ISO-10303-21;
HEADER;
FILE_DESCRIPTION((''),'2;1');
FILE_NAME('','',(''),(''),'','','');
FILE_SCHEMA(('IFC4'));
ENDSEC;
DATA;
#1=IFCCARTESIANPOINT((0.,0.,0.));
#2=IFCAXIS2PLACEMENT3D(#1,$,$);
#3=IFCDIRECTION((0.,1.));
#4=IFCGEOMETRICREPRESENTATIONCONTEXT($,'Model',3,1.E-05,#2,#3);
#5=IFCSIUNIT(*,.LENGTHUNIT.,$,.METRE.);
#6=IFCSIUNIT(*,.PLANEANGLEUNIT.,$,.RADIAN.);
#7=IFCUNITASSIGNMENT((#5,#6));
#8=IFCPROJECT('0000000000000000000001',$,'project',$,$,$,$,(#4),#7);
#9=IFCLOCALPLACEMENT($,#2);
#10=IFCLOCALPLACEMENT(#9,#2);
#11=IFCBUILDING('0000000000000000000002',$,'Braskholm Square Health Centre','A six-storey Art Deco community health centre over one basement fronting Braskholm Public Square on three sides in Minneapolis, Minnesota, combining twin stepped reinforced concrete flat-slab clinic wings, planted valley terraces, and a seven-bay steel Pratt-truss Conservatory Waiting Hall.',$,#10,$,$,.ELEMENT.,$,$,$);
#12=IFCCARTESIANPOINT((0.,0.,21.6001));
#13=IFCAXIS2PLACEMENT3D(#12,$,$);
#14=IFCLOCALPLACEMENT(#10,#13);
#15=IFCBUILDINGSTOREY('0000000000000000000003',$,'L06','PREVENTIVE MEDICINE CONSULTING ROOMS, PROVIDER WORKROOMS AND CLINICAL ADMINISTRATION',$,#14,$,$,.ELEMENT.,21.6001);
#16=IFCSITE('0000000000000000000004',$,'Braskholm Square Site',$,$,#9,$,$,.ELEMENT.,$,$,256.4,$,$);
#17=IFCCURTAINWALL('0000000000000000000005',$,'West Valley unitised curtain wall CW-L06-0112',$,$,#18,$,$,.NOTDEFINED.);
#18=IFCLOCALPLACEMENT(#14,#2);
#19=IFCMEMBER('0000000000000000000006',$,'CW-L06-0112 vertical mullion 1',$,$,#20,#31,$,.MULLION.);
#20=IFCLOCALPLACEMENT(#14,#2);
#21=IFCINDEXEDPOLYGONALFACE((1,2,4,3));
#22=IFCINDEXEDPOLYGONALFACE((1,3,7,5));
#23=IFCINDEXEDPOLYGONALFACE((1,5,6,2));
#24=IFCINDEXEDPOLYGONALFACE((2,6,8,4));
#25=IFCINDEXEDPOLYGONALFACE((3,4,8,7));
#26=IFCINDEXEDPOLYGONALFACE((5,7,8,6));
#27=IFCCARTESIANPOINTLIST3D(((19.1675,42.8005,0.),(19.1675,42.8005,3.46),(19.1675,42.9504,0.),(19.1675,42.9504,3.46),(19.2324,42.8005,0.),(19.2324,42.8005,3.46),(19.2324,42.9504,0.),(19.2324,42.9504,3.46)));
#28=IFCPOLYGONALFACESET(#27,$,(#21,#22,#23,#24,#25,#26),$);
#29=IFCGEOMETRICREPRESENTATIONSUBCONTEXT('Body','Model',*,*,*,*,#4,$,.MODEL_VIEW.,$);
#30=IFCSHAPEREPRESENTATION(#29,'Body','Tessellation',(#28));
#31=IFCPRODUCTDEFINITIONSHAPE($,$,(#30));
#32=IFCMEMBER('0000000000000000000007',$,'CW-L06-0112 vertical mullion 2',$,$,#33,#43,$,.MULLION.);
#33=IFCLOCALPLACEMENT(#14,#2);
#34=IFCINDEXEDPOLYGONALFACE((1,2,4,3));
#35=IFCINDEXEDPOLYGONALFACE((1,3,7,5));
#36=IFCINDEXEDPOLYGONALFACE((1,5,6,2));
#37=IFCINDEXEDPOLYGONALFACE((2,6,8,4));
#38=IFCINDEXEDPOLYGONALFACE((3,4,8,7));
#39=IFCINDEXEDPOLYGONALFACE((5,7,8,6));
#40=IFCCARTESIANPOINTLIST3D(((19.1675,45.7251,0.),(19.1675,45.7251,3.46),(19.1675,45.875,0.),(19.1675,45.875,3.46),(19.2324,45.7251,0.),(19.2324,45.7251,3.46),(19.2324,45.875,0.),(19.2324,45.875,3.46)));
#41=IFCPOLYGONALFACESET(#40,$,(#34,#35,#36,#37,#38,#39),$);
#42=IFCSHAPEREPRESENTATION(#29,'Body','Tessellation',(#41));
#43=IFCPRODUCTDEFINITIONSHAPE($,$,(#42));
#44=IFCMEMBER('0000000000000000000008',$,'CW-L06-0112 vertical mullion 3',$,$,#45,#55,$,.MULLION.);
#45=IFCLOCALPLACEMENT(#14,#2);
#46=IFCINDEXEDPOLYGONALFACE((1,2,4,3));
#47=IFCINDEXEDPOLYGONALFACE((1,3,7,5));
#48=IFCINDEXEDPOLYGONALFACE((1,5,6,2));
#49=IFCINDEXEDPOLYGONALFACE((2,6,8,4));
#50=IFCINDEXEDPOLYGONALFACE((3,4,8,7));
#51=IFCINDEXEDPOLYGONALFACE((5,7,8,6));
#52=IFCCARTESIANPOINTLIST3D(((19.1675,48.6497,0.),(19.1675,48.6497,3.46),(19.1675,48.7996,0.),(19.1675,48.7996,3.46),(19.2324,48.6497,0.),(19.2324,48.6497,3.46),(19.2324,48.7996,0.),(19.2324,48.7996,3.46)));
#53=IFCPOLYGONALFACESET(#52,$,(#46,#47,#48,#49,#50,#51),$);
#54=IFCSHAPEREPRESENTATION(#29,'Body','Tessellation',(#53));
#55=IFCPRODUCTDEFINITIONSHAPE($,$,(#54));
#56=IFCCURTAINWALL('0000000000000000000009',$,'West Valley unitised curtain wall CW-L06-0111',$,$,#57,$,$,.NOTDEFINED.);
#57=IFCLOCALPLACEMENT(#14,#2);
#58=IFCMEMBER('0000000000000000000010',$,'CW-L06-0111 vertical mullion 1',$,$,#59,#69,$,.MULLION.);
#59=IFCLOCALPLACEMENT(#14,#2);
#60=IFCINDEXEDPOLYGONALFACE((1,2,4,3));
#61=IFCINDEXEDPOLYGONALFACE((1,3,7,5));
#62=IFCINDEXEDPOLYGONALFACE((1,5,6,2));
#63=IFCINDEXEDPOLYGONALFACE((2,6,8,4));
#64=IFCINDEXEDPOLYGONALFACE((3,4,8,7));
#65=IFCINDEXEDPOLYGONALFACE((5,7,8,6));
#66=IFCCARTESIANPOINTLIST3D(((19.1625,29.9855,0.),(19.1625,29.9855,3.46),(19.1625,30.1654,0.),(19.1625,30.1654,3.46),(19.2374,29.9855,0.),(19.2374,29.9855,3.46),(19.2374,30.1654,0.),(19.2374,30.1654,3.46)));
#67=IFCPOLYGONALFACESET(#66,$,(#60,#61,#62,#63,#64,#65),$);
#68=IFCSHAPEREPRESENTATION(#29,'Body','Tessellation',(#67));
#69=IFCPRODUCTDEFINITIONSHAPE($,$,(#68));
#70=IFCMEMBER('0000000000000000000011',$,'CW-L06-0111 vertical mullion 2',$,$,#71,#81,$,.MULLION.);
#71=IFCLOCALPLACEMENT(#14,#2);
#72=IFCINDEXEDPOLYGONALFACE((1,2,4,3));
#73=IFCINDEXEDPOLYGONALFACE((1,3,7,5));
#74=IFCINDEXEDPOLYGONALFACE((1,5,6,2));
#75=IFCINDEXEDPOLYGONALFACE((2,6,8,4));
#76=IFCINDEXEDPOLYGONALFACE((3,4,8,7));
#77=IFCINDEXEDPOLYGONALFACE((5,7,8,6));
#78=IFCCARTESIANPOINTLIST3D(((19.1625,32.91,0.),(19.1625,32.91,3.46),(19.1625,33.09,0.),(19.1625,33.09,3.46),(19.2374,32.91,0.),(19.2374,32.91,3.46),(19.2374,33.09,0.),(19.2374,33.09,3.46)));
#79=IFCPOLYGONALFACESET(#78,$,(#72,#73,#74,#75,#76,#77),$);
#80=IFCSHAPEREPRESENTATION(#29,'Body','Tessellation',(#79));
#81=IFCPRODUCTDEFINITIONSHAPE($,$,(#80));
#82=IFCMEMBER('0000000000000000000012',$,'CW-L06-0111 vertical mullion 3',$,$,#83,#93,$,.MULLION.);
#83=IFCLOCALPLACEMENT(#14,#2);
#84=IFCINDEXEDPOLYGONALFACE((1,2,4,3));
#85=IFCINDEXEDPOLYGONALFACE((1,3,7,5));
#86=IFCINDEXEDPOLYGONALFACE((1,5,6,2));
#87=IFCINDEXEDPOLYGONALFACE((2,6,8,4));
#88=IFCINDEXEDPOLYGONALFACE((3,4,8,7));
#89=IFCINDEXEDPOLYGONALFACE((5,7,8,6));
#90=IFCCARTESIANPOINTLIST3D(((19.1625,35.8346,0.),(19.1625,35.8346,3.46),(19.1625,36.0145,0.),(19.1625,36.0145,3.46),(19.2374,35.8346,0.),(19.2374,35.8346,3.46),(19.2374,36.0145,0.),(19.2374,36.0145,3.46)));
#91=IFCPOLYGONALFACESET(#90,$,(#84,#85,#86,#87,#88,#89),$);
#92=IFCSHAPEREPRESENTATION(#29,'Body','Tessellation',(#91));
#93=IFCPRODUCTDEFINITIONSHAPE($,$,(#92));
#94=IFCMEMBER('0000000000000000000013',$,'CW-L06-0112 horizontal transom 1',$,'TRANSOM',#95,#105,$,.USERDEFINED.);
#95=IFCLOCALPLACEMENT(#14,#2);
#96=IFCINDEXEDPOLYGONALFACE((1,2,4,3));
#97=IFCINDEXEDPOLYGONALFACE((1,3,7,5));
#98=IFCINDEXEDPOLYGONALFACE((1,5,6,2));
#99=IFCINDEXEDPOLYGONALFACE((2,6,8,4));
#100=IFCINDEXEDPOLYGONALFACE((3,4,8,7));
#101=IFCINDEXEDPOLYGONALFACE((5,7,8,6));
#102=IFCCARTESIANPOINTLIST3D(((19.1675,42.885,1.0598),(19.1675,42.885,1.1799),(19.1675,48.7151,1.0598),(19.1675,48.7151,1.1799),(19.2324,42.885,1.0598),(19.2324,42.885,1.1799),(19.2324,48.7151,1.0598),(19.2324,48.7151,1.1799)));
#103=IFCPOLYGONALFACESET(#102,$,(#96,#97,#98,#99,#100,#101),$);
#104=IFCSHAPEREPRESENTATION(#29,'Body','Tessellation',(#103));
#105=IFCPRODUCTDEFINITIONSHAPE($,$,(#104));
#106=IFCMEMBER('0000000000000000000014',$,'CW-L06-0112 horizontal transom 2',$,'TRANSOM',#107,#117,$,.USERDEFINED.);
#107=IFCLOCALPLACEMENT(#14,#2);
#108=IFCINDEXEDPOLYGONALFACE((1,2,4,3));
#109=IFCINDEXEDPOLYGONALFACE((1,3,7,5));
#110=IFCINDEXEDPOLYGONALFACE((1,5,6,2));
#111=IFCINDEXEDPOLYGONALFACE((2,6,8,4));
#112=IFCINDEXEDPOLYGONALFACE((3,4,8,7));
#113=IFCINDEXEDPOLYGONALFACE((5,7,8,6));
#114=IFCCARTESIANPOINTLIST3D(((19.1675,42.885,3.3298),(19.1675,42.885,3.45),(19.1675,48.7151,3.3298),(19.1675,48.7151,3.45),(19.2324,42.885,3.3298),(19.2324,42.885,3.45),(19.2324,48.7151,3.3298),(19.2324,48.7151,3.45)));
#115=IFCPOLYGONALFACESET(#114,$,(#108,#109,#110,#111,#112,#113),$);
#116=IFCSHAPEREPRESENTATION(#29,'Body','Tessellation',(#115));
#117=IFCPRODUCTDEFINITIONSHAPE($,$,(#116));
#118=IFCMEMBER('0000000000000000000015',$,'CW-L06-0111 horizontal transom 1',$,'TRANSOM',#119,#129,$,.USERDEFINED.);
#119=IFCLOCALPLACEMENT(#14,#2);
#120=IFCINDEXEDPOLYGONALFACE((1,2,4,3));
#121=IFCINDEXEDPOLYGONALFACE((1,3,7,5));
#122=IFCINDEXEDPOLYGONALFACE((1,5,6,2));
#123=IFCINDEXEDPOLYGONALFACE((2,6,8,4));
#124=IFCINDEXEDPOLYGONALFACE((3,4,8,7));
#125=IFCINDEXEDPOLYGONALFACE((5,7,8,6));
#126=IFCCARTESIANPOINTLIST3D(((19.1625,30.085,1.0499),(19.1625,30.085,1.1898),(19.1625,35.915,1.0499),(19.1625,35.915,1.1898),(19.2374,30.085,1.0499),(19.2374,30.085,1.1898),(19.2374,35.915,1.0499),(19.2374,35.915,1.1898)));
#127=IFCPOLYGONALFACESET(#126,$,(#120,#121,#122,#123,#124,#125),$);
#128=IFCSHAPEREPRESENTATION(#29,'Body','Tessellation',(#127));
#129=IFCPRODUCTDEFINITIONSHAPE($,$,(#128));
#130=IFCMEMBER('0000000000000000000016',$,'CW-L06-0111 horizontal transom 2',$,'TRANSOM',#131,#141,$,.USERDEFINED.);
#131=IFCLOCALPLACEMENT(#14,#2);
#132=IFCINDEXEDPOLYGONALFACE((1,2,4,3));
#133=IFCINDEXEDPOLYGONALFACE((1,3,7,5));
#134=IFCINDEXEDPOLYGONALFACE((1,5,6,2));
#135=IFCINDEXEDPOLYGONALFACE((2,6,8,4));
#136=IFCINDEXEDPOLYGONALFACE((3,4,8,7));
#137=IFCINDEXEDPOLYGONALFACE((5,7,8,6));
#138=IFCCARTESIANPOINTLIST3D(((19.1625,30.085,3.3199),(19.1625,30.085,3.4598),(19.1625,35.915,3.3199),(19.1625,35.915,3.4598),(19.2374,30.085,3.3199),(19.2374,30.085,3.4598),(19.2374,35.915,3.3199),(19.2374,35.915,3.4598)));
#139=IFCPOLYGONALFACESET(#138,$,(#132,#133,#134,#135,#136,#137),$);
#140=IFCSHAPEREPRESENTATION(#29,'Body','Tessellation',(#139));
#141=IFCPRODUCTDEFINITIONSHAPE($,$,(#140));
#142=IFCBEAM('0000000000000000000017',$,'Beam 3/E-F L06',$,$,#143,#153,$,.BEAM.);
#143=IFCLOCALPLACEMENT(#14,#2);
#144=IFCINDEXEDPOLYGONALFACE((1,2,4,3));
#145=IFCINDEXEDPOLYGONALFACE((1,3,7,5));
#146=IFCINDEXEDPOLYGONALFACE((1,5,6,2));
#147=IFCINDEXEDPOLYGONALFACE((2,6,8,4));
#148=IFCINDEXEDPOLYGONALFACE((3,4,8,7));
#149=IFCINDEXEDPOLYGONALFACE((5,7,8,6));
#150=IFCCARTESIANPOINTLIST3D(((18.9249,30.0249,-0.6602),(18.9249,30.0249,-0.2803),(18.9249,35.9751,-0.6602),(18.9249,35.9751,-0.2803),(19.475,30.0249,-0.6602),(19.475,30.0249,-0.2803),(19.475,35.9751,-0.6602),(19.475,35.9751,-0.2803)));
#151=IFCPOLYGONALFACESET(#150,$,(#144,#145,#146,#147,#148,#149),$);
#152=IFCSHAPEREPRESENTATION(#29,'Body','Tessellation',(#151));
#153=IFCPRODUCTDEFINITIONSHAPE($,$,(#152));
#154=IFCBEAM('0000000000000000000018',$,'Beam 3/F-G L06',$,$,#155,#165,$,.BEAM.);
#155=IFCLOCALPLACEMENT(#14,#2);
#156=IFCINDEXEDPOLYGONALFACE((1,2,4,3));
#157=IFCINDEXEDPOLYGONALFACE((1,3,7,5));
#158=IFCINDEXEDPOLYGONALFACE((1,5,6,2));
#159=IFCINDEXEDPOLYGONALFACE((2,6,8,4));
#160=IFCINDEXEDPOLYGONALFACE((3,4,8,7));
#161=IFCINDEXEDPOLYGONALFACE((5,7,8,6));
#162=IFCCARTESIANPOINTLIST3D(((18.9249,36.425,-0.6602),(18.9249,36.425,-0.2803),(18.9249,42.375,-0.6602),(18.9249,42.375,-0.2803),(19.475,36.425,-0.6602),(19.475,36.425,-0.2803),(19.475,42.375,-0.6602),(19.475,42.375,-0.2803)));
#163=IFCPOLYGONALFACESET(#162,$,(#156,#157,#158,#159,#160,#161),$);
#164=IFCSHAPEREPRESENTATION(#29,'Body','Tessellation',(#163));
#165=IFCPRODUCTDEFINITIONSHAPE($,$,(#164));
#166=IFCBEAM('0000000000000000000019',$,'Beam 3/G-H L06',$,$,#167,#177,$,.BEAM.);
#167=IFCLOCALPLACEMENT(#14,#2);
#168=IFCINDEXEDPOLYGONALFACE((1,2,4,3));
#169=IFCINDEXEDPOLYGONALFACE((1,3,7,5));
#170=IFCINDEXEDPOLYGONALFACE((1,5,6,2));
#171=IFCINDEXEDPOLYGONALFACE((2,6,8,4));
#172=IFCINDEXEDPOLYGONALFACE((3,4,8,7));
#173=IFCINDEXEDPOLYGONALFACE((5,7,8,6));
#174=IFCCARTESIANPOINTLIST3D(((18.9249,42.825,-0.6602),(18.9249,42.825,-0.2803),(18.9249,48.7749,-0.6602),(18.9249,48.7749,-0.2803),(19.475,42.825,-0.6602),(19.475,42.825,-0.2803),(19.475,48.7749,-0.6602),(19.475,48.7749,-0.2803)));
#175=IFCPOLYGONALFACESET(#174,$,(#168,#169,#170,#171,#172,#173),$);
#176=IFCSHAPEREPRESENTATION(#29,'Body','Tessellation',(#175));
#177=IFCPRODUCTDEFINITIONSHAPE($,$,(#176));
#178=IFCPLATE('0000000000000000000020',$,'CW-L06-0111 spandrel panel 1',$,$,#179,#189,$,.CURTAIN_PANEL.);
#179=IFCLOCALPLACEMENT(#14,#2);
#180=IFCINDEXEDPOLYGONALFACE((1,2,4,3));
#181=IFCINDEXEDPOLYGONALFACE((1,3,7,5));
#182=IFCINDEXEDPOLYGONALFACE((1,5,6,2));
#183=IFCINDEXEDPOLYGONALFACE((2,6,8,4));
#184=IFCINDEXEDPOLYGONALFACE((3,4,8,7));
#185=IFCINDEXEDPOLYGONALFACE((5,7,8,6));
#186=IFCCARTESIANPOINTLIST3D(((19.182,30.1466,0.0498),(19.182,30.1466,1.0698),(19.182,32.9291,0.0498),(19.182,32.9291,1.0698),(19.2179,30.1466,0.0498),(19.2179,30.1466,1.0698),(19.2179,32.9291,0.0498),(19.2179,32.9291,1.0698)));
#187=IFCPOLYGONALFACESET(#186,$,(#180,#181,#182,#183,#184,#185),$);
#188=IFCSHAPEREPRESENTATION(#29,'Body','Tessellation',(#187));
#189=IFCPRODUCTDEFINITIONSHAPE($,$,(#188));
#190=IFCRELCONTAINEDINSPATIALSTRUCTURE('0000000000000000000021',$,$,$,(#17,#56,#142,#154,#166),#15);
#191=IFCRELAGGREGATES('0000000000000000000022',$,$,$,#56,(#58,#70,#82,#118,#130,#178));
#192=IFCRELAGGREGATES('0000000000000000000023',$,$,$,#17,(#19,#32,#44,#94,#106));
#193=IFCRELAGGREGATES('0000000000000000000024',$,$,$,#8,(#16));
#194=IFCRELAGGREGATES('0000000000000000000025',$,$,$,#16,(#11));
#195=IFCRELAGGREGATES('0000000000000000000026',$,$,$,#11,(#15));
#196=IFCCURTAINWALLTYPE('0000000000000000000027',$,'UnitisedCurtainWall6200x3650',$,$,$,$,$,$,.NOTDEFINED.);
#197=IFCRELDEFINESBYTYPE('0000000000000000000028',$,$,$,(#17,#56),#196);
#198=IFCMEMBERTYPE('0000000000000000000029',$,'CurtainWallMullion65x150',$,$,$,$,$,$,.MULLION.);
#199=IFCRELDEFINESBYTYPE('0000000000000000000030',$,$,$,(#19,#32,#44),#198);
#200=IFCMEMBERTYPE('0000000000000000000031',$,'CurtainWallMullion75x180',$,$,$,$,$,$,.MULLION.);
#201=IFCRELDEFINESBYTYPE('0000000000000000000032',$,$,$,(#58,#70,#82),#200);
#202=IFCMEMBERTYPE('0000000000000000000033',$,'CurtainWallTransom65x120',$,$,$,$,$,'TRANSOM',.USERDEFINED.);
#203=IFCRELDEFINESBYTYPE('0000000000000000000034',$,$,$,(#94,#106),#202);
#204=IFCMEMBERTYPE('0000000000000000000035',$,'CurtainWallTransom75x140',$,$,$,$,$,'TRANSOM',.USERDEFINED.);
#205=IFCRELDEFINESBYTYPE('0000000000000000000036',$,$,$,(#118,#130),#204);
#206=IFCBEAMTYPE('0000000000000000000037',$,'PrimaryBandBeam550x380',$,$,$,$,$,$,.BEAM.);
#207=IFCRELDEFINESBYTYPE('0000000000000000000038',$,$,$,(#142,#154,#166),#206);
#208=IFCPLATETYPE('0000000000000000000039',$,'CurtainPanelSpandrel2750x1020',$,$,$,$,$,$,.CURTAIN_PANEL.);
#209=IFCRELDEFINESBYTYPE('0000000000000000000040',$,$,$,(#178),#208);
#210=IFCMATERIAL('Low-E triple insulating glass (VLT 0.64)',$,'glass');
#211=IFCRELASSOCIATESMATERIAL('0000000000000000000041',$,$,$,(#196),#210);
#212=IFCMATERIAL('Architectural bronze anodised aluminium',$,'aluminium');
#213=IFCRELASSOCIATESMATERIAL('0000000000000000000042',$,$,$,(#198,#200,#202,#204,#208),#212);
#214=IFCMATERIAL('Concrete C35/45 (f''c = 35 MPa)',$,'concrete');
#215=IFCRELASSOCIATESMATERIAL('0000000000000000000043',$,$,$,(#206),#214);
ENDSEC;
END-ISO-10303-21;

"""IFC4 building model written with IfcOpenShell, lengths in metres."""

from ifc_helpers import new_model, si_unit, direction, frame, origin, origin_2d, place, context, subcontext, project, spatial, rectangle, extrude, material, material_profile, profile_set, type_object, element, aggregate, save


model = new_model("IFC4")

# Units and contexts
model_context = context("Model", 3, precision=1e-05, world=origin(), true_north=direction((0.0, 1.0)))
body_context = subcontext(model_context, "Body", "Model", "MODEL_VIEW")
ifc_project = project(units=[si_unit("LENGTHUNIT", "METRE"), si_unit("PLANEANGLEUNIT", "RADIAN")], contexts=[model_context])

# Site, building, storey
site_placement = place(None, origin())
site = spatial("IfcSite", under=ifc_project, at=site_placement, Name="Braskholm Square Site", CompositionType="ELEMENT", RefElevation=256.4)
building_placement = place(site_placement, origin())
building = spatial("IfcBuilding", under=site, at=building_placement, Name="Braskholm Square Health Centre", Description="A six-storey Art Deco community health centre over one basement fronting Braskholm Public Square on three sides in Minneapolis, Minnesota, combining twin stepped reinforced concrete flat-slab clinic wings, planted valley terraces, and a seven-bay steel Pratt-truss Conservatory Waiting Hall.", CompositionType="ELEMENT")
storey_placement = place(building_placement, frame((0.0, 0.0, 21.6001)))
storey = spatial("IfcBuildingStorey", under=building, at=storey_placement, Name="L06", Description="PREVENTIVE MEDICINE CONSULTING ROOMS, PROVIDER WORKROOMS AND CLINICAL ADMINISTRATION", CompositionType="ELEMENT", Elevation=21.6001)

# Curtain walls, members
ifc_material_1 = material(Name="Low-E triple insulating glass (VLT 0.64)", Category="glass")
curtain_wall_type = type_object("IfcCurtainWallType", Name="UnitisedCurtainWall6200x3650", PredefinedType="NOTDEFINED", material=ifc_material_1)
curtain_wall_1_placement = place(storey_placement, origin())
curtain_wall_1 = element("IfcCurtainWall", 1, at=curtain_wall_1_placement, inside=storey, type_object=curtain_wall_type, Name="West Valley unitised curtain wall CW-L06-0112", PredefinedType="NOTDEFINED")
ifc_material_2 = material(Name="Architectural bronze anodised aluminium", Category="aluminium")
ifc_material_profile_1 = material_profile(ifc_material_2, rectangle(XDim=0.0649, YDim=0.1499, at=origin_2d()), Name="ALU-65X150")
ifc_profile_set_1 = profile_set([ifc_material_profile_1], Name="Architectural bronze anodised aluminium")
member_type_1 = type_object("IfcMemberType", Name="CurtainWallMullion65x150", PredefinedType="MULLION", material=ifc_profile_set_1)
member_1_placement = place(storey_placement, frame((19.2, 42.8755, 0.0), z_axis=(0.0, 0.0, 1.0), x_axis=(1.0, 0.0, 0.0)))
member_1 = element("IfcMember", 2, at=member_1_placement, type_object=member_type_1, Name="CW-L06-0112 vertical mullion 1", PredefinedType="MULLION", context=body_context, shape_type="SweptSolid", body=[
    extrude(rectangle(XDim=0.0649, YDim=0.1499, at=origin_2d()), origin(), (0.0, 0.0, 1.0), 3.46),
])
member_2_placement = place(storey_placement, frame((19.2, 45.8, 0.0), z_axis=(0.0, 0.0, 1.0), x_axis=(1.0, 0.0, 0.0)))
member_2 = element("IfcMember", 3, at=member_2_placement, type_object=member_type_1, Name="CW-L06-0112 vertical mullion 2", PredefinedType="MULLION", context=body_context, shape_type="SweptSolid", body=[
    extrude(rectangle(XDim=0.0649, YDim=0.1499, at=origin_2d()), origin(), (0.0, 0.0, 1.0), 3.46),
])
member_3_placement = place(storey_placement, frame((19.2, 48.7246, 0.0), z_axis=(0.0, 0.0, 1.0), x_axis=(1.0, 0.0, 0.0)))
member_3 = element("IfcMember", 4, at=member_3_placement, type_object=member_type_1, Name="CW-L06-0112 vertical mullion 3", PredefinedType="MULLION", context=body_context, shape_type="SweptSolid", body=[
    extrude(rectangle(XDim=0.0649, YDim=0.1499, at=origin_2d()), origin(), (0.0, 0.0, 1.0), 3.46),
])
curtain_wall_2_placement = place(storey_placement, origin())
curtain_wall_2 = element("IfcCurtainWall", 5, at=curtain_wall_2_placement, inside=storey, type_object=curtain_wall_type, Name="West Valley unitised curtain wall CW-L06-0111", PredefinedType="NOTDEFINED")
ifc_material_profile_2 = material_profile(ifc_material_2, rectangle(XDim=0.075, YDim=0.1799, at=origin_2d()), Name="ALU-75X180")
ifc_profile_set_2 = profile_set([ifc_material_profile_2], Name="Architectural bronze anodised aluminium")
member_type_2 = type_object("IfcMemberType", Name="CurtainWallMullion75x180", PredefinedType="MULLION", material=ifc_profile_set_2)
member_4_placement = place(storey_placement, frame((19.2, 30.0754, 0.0), z_axis=(0.0, 0.0, 1.0), x_axis=(1.0, 0.0, 0.0)))
member_4 = element("IfcMember", 6, at=member_4_placement, type_object=member_type_2, Name="CW-L06-0111 vertical mullion 1", PredefinedType="MULLION", context=body_context, shape_type="SweptSolid", body=[
    extrude(rectangle(XDim=0.075, YDim=0.1799, at=origin_2d()), origin(), (0.0, 0.0, 1.0), 3.46),
])
member_5_placement = place(storey_placement, frame((19.2, 33.0, 0.0), z_axis=(0.0, 0.0, 1.0), x_axis=(1.0, 0.0, 0.0)))
member_5 = element("IfcMember", 7, at=member_5_placement, type_object=member_type_2, Name="CW-L06-0111 vertical mullion 2", PredefinedType="MULLION", context=body_context, shape_type="SweptSolid", body=[
    extrude(rectangle(XDim=0.075, YDim=0.1799, at=origin_2d()), origin(), (0.0, 0.0, 1.0), 3.46),
])
member_6_placement = place(storey_placement, frame((19.2, 35.9246, 0.0), z_axis=(0.0, 0.0, 1.0), x_axis=(1.0, 0.0, 0.0)))
member_6 = element("IfcMember", 8, at=member_6_placement, type_object=member_type_2, Name="CW-L06-0111 vertical mullion 3", PredefinedType="MULLION", context=body_context, shape_type="SweptSolid", body=[
    extrude(rectangle(XDim=0.075, YDim=0.1799, at=origin_2d()), origin(), (0.0, 0.0, 1.0), 3.46),
])

# Members
ifc_material_profile_3 = material_profile(ifc_material_2, rectangle(XDim=0.0649, YDim=0.1201, at=origin_2d()), Name="ALU-65X120")
ifc_profile_set_3 = profile_set([ifc_material_profile_3], Name="Architectural bronze anodised aluminium")
member_type_3 = type_object("IfcMemberType", Name="CurtainWallTransom65x120", ElementType="TRANSOM", PredefinedType="USERDEFINED", material=ifc_profile_set_3)
member_7_placement = place(storey_placement, frame((19.2, 42.885, 1.1199), z_axis=(0.0, 1.0, 0.0), x_axis=(-1.0, 0.0, 0.0)))
member_7 = element("IfcMember", 9, at=member_7_placement, type_object=member_type_3, Name="CW-L06-0112 horizontal transom 1", ObjectType="TRANSOM", PredefinedType="USERDEFINED", context=body_context, shape_type="SweptSolid", body=[
    extrude(rectangle(XDim=0.0649, YDim=0.1201, at=origin_2d()), origin(), (0.0, 0.0, 1.0), 5.8301),
])
member_8_placement = place(storey_placement, frame((19.2, 42.885, 3.3899), z_axis=(0.0, 1.0, 0.0), x_axis=(-1.0, 0.0, 0.0)))
member_8 = element("IfcMember", 10, at=member_8_placement, type_object=member_type_3, Name="CW-L06-0112 horizontal transom 2", ObjectType="TRANSOM", PredefinedType="USERDEFINED", context=body_context, shape_type="SweptSolid", body=[
    extrude(rectangle(XDim=0.0649, YDim=0.1201, at=origin_2d()), origin(), (0.0, 0.0, 1.0), 5.8301),
])
ifc_material_profile_4 = material_profile(ifc_material_2, rectangle(XDim=0.075, YDim=0.1399, at=origin_2d()), Name="ALU-75X140")
ifc_profile_set_4 = profile_set([ifc_material_profile_4], Name="Architectural bronze anodised aluminium")
member_type_4 = type_object("IfcMemberType", Name="CurtainWallTransom75x140", ElementType="TRANSOM", PredefinedType="USERDEFINED", material=ifc_profile_set_4)
member_9_placement = place(storey_placement, frame((19.2, 30.085, 1.1199), z_axis=(0.0, 1.0, 0.0), x_axis=(-1.0, 0.0, 0.0)))
member_9 = element("IfcMember", 11, at=member_9_placement, type_object=member_type_4, Name="CW-L06-0111 horizontal transom 1", ObjectType="TRANSOM", PredefinedType="USERDEFINED", context=body_context, shape_type="SweptSolid", body=[
    extrude(rectangle(XDim=0.075, YDim=0.1399, at=origin_2d()), origin(), (0.0, 0.0, 1.0), 5.8301),
])
member_10_placement = place(storey_placement, frame((19.2, 30.085, 3.3899), z_axis=(0.0, 1.0, 0.0), x_axis=(-1.0, 0.0, 0.0)))
member_10 = element("IfcMember", 12, at=member_10_placement, type_object=member_type_4, Name="CW-L06-0111 horizontal transom 2", ObjectType="TRANSOM", PredefinedType="USERDEFINED", context=body_context, shape_type="SweptSolid", body=[
    extrude(rectangle(XDim=0.075, YDim=0.1399, at=origin_2d()), origin(), (0.0, 0.0, 1.0), 5.8301),
])

# Beams
ifc_material_3 = material(Name="Concrete C35/45 (f'c = 35 MPa)", Category="concrete")
ifc_material_profile_5 = material_profile(ifc_material_3, rectangle(XDim=0.55, YDim=0.3799, at=origin_2d()), Name="RCB-550X380")
ifc_profile_set_5 = profile_set([ifc_material_profile_5], Name="Concrete C35/45 (f'c = 35 MPa)")
beam_type = type_object("IfcBeamType", Name="PrimaryBandBeam550x380", PredefinedType="BEAM", material=ifc_profile_set_5)
beam_placement = place(storey_placement, frame((19.2, 30.0249, -0.4702), z_axis=(0.0, 1.0, 0.0), x_axis=(-1.0, 0.0, 0.0)))
element("IfcBeam", 13, at=beam_placement, inside=storey, type_object=beam_type, Name="Beam 3/E-F L06", PredefinedType="BEAM", context=body_context, shape_type="SweptSolid", body=[
    extrude(rectangle(XDim=0.55, YDim=0.3799, at=origin_2d()), origin(), (0.0, 0.0, 1.0), 5.9502),
])
for number, where, z_axis, x_axis, name in (
    (14, (19.2, 36.425, -0.4702), (0.0, 1.0, 0.0), (-1.0, 0.0, 0.0), "Beam 3/F-G L06"),
    (15, (19.2, 42.825, -0.4702), (0.0, 1.0, 0.0), (-1.0, 0.0, 0.0), "Beam 3/G-H L06"),
):
    element("IfcBeam", number, at=place(storey_placement, frame(where, z_axis=z_axis, x_axis=x_axis)), inside=storey, type_object=beam_type, Name=name, PredefinedType="BEAM", context=body_context, shape_type="SweptSolid", body=[
        extrude(rectangle(XDim=0.55, YDim=0.3799, at=origin_2d()), origin(), (0.0, 0.0, 1.0), 5.95),
    ])

# Plate
plate_type_1 = type_object("IfcPlateType", Name="CurtainPanelSpandrel2750x1020", PredefinedType="CURTAIN_PANEL", material=ifc_material_2)
plate_1_placement = place(storey_placement, frame((19.2, 31.5378, 0.0498), z_axis=(0.0, 0.0, 1.0), x_axis=(0.0, 1.0, 0.0)))
plate_1 = element("IfcPlate", 16, at=plate_1_placement, type_object=plate_type_1, Name="CW-L06-0111 spandrel panel 1", PredefinedType="CURTAIN_PANEL", context=body_context, shape_type="SweptSolid", body=[
    extrude(rectangle(XDim=2.7825, YDim=0.0359, at=origin_2d()), origin(), (0.0, 0.0, 1.0), 1.02),
])
aggregate(curtain_wall_2, [member_4, member_5, member_6, member_9, member_10, plate_1])
aggregate(curtain_wall_1, [member_1, member_2, member_3, member_7, member_8])

save(model, "model.ifc")
